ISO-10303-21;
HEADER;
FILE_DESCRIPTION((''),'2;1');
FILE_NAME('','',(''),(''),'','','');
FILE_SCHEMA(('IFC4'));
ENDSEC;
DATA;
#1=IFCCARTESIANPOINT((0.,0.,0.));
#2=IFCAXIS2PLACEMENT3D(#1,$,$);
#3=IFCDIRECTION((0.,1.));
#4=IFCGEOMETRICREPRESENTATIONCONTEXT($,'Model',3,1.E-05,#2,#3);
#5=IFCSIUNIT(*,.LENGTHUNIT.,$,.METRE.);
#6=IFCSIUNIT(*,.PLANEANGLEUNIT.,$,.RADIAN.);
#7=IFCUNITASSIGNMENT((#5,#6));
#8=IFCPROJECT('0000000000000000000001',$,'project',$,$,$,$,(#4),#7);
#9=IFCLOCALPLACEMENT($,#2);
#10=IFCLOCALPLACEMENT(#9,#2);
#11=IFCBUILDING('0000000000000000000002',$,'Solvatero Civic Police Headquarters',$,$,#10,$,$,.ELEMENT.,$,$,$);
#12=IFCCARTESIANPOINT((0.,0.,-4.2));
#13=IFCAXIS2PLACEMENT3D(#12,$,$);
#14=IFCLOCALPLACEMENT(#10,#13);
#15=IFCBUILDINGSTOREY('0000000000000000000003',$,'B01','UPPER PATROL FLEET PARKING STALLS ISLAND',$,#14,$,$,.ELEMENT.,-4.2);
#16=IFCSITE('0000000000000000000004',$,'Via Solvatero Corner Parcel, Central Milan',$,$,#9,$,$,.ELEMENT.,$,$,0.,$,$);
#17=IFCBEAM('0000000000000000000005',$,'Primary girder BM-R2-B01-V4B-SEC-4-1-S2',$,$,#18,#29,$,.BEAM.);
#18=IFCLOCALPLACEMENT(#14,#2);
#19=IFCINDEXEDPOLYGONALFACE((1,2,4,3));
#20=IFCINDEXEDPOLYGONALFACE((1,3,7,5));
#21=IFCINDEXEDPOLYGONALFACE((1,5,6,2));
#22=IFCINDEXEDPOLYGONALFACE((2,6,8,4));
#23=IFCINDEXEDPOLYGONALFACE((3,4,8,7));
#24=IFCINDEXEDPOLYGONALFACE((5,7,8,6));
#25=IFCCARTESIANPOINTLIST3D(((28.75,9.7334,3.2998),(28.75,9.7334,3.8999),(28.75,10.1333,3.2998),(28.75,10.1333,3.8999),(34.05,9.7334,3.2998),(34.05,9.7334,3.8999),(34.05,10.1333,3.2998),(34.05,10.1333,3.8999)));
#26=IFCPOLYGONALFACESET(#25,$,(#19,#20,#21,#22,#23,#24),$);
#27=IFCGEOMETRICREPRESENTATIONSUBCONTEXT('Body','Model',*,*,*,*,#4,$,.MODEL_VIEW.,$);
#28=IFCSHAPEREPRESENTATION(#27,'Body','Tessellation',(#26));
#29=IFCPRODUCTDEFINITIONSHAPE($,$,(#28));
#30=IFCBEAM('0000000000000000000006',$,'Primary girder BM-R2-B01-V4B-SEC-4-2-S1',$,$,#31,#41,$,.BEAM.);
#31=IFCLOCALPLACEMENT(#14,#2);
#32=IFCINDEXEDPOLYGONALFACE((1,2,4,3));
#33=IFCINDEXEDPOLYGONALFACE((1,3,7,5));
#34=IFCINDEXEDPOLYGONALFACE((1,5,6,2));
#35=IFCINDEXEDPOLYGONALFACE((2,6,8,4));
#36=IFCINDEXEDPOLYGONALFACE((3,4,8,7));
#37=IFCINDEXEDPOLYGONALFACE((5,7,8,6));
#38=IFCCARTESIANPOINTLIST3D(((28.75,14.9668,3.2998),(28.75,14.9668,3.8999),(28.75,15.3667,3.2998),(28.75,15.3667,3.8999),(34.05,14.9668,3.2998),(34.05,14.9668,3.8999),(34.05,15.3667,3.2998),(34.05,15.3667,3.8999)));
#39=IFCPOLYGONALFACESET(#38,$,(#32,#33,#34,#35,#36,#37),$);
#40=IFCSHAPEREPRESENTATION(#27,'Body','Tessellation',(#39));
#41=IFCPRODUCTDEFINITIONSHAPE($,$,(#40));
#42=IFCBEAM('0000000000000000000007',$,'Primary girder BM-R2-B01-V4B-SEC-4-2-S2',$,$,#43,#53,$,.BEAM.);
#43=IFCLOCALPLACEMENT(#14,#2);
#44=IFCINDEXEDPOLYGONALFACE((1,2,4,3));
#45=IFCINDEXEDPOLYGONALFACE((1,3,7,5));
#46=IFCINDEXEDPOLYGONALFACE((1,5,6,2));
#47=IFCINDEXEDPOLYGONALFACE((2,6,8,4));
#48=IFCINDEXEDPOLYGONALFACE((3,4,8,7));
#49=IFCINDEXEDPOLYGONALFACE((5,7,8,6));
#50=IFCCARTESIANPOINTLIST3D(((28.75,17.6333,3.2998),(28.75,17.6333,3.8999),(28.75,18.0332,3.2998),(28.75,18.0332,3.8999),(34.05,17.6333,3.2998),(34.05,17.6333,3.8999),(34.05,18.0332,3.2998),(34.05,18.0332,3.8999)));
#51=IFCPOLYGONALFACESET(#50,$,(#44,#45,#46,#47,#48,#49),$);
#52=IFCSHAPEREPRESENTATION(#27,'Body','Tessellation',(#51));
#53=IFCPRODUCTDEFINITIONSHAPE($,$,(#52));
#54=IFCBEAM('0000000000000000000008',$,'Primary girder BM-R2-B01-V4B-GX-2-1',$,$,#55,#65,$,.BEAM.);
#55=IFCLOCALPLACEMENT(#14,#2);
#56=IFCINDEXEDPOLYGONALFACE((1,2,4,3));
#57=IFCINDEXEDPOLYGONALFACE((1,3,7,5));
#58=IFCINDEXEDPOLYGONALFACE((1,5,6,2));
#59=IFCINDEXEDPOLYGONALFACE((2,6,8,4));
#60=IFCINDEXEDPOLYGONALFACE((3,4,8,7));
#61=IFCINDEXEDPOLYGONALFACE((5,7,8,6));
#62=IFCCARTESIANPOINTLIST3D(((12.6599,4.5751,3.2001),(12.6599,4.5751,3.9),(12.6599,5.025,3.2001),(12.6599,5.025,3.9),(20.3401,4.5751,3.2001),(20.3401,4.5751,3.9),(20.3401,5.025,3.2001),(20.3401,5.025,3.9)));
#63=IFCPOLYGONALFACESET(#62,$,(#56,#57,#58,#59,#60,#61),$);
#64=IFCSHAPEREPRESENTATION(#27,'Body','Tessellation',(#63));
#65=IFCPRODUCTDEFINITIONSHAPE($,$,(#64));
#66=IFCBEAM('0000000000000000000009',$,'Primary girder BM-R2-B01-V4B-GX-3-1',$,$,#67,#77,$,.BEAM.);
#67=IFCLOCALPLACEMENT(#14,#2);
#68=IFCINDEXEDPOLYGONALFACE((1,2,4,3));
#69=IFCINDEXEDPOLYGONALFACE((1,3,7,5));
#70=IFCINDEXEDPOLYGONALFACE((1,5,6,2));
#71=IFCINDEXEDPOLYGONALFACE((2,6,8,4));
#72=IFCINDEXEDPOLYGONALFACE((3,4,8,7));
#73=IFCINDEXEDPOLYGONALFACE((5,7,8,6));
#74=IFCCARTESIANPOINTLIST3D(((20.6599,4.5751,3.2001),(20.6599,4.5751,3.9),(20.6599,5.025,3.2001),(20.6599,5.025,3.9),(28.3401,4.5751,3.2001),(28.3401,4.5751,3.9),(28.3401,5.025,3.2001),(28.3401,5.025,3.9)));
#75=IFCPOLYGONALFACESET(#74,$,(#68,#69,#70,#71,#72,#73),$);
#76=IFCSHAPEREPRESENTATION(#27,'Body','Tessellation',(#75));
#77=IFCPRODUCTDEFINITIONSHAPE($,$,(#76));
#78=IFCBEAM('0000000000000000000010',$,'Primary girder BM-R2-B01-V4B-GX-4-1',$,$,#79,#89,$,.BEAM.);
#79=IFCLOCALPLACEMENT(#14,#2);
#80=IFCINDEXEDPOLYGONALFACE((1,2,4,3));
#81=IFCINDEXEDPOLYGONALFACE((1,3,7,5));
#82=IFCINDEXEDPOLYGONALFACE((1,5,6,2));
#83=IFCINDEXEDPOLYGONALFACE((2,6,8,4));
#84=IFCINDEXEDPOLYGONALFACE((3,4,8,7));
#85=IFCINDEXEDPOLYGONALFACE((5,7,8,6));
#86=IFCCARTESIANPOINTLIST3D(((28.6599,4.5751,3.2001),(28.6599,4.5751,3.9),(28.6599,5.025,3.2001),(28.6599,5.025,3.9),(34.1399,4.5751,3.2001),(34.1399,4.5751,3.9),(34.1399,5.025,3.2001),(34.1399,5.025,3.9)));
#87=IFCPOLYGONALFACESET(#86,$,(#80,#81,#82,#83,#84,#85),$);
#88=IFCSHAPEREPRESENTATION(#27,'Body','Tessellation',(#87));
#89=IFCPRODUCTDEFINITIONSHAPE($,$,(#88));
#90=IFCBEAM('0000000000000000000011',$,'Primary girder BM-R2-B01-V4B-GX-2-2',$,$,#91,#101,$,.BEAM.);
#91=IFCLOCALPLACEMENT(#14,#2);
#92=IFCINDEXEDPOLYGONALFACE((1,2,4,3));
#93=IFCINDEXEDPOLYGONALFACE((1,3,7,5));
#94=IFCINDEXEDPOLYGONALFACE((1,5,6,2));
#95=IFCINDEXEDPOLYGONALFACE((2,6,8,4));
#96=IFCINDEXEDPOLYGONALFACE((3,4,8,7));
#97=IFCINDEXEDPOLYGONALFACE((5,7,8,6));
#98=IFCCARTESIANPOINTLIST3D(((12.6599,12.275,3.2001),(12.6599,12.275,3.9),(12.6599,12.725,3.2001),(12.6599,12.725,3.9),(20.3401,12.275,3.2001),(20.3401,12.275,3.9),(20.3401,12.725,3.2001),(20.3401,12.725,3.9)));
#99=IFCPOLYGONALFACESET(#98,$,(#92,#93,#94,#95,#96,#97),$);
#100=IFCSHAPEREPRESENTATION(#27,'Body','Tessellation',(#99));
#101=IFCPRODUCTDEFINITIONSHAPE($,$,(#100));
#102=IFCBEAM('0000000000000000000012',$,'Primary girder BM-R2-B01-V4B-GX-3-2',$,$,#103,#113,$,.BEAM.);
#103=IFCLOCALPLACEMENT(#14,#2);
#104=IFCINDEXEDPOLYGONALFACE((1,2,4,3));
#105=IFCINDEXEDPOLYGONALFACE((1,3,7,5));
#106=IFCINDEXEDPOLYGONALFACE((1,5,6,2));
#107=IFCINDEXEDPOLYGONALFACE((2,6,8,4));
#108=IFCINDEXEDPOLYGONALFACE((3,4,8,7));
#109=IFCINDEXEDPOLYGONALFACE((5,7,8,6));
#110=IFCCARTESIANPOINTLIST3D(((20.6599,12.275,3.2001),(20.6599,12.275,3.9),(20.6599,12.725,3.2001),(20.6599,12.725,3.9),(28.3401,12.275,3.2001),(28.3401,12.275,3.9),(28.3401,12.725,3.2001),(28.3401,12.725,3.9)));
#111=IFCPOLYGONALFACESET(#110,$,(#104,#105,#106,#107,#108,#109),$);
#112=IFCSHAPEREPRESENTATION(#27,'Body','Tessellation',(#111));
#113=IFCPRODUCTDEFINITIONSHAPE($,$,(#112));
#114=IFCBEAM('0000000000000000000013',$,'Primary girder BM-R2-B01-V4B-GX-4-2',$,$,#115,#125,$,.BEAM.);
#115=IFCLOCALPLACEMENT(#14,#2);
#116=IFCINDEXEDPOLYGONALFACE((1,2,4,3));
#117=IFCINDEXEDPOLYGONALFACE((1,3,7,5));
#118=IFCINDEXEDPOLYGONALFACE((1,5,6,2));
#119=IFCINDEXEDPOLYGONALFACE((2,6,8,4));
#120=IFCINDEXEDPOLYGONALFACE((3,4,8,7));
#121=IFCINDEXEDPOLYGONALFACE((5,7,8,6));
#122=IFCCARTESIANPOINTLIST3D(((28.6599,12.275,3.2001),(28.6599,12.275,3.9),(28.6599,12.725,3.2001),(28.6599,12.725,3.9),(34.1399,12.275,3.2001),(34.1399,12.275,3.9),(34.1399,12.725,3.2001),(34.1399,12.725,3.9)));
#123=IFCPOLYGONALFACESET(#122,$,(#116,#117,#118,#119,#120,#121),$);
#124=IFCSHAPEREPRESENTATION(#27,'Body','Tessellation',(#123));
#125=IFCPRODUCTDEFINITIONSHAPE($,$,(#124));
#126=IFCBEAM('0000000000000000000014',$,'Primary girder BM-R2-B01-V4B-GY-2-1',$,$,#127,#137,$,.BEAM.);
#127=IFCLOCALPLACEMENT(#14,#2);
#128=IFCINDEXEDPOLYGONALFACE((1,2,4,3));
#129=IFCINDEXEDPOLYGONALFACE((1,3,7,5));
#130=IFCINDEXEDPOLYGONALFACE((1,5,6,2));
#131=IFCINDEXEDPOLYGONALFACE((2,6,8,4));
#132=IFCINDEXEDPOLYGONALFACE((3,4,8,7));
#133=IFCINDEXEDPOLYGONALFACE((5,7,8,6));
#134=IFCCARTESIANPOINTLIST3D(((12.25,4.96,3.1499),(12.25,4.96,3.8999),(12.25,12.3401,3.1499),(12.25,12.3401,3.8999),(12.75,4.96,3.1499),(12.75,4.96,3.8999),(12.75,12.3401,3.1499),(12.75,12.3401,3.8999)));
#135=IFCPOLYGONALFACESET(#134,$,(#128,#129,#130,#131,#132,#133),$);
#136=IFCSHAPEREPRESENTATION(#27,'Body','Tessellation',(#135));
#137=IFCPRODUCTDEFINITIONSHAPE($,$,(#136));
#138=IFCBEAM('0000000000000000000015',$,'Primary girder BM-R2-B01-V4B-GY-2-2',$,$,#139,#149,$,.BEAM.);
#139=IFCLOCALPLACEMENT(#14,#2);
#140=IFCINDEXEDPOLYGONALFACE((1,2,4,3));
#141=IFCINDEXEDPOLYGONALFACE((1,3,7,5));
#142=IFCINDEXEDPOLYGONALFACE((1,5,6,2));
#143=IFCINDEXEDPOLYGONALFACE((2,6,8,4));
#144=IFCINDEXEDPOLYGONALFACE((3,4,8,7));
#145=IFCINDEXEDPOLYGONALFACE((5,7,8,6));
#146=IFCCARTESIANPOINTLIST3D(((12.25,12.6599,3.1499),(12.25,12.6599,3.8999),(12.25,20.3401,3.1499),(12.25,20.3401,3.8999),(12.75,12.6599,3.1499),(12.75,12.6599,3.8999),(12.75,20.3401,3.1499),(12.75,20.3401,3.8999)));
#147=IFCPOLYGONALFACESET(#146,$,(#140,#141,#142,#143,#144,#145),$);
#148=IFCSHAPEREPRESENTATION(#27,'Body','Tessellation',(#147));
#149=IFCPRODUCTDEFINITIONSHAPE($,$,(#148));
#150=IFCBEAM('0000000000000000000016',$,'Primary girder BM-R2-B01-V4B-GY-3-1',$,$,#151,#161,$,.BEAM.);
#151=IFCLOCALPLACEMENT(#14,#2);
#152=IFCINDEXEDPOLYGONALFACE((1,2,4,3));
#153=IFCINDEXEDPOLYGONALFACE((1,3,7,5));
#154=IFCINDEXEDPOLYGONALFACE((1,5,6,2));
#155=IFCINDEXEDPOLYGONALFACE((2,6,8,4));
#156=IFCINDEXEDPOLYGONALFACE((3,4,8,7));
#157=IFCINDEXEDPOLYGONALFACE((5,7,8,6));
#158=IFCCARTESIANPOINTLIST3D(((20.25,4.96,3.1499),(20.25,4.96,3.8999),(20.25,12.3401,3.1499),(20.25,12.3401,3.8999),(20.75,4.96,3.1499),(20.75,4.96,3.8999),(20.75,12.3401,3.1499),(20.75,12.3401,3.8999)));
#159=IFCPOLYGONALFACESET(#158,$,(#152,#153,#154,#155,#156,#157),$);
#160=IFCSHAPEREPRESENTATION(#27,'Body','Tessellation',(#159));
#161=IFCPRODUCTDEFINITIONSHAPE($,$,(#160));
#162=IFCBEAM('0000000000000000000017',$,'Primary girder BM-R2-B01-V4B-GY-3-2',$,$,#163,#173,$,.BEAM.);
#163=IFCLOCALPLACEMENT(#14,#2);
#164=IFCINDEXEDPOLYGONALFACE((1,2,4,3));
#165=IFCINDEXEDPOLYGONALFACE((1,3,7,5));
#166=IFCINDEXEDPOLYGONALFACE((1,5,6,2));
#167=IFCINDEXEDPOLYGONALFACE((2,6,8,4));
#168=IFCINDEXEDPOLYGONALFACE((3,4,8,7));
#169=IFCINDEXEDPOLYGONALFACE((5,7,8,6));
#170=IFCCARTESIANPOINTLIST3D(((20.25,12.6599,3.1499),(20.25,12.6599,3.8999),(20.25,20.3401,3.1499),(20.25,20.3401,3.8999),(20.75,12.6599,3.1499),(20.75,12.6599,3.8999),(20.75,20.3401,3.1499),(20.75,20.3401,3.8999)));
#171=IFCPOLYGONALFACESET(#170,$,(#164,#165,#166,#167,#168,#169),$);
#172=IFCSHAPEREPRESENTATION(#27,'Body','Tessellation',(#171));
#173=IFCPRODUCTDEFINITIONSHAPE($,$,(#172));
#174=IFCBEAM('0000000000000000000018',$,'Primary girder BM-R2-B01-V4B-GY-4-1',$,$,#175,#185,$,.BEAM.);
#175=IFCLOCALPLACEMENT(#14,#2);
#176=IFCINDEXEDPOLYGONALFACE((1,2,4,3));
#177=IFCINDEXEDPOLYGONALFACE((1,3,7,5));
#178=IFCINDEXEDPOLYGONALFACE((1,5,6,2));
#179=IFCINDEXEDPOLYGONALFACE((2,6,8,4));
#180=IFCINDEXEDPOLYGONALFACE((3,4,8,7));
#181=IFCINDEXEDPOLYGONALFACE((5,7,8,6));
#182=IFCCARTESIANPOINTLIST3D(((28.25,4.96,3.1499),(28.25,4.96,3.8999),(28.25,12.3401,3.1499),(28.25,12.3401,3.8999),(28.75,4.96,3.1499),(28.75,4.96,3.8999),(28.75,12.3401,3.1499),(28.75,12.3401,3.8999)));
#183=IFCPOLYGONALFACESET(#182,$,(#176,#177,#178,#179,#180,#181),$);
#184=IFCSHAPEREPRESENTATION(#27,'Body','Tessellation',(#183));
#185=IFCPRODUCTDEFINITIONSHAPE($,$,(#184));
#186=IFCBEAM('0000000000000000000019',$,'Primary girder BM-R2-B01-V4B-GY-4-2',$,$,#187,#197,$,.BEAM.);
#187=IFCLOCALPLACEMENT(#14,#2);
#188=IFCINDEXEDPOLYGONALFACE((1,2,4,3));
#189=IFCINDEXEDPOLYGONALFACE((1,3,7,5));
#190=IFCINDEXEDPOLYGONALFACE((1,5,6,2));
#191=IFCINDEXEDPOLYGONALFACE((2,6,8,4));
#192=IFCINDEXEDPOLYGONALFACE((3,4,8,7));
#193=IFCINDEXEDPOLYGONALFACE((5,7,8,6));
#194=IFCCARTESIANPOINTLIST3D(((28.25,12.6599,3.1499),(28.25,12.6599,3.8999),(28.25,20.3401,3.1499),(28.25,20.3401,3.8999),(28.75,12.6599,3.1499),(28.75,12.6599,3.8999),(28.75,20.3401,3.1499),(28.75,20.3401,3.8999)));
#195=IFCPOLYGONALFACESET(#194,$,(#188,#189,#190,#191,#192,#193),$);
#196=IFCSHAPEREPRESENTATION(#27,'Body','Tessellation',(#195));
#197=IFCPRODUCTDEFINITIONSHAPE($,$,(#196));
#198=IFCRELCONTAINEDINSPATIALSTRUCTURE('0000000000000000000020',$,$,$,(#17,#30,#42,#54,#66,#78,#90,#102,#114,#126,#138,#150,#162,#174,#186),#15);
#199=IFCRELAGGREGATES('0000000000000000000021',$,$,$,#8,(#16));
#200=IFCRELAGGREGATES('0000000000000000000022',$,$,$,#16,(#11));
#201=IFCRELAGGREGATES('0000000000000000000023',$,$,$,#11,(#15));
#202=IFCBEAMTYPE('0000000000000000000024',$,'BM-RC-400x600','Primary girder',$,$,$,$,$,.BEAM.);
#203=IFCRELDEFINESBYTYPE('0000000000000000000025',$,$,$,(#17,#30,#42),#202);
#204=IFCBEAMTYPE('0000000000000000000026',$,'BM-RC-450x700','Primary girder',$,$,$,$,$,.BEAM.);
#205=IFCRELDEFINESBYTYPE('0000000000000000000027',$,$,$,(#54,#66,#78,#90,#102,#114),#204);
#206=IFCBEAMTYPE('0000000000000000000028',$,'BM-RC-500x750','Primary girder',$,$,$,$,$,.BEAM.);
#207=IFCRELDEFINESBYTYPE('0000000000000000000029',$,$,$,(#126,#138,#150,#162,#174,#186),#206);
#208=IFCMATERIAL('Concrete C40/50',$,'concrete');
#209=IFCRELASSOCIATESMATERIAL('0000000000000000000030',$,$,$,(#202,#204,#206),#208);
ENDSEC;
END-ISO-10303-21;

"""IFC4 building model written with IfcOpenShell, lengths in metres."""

from ifc_helpers import new_model, si_unit, direction, frame, origin, origin_2d, place, context, subcontext, project, spatial, rectangle, extrude, material, material_profile, profile_set, type_object, element, save


model = new_model("IFC4")

# Units and contexts
model_context = context("Model", 3, precision=1e-05, world=origin(), true_north=direction((0.0, 1.0)))
body_context = subcontext(model_context, "Body", "Model", "MODEL_VIEW")
ifc_project = project(units=[si_unit("LENGTHUNIT", "METRE"), si_unit("PLANEANGLEUNIT", "RADIAN")], contexts=[model_context])

# Site, building, storey
site_placement = place(None, origin())
site = spatial("IfcSite", under=ifc_project, at=site_placement, Name="Via Solvatero Corner Parcel, Central Milan", CompositionType="ELEMENT", RefElevation=0.0)
building_placement = place(site_placement, origin())
building = spatial("IfcBuilding", under=site, at=building_placement, Name="Solvatero Civic Police Headquarters", CompositionType="ELEMENT")
storey_placement = place(building_placement, frame((0.0, 0.0, -4.2)))
storey = spatial("IfcBuildingStorey", under=building, at=storey_placement, Name="B01", Description="UPPER PATROL FLEET PARKING STALLS ISLAND", CompositionType="ELEMENT", Elevation=-4.2)

# Shared definitions
ifc_material = material(Name="Concrete C40/50", Category="concrete")

# Beams
ifc_material_profile_1 = material_profile(ifc_material, rectangle(XDim=0.3999, YDim=0.6001, at=origin_2d()), Name="RC 400x600")
ifc_profile_set_1 = profile_set([ifc_material_profile_1], Name="Concrete C40/50")
beam_type_1 = type_object("IfcBeamType", Name="BM-RC-400x600", Description="Primary girder", PredefinedType="BEAM", material=ifc_profile_set_1)
for number, where, z_axis, x_axis, name in (
    (1, (28.75, 9.9333, 3.5999), (1.0, 0.0, 0.0), (0.0, 1.0, 0.0), "Primary girder BM-R2-B01-V4B-SEC-4-1-S2"),
    (2, (28.75, 15.1667, 3.5999), (1.0, 0.0, 0.0), (0.0, 1.0, 0.0), "Primary girder BM-R2-B01-V4B-SEC-4-2-S1"),
    (3, (28.75, 17.8333, 3.5999), (1.0, 0.0, 0.0), (0.0, 1.0, 0.0), "Primary girder BM-R2-B01-V4B-SEC-4-2-S2"),
):
    element("IfcBeam", number, at=place(storey_placement, frame(where, z_axis=z_axis, x_axis=x_axis)), inside=storey, type_object=beam_type_1, Name=name, PredefinedType="BEAM", context=body_context, shape_type="SweptSolid", body=[
        extrude(rectangle(XDim=0.3999, YDim=0.6001, at=origin_2d()), origin(), (0.0, 0.0, 1.0), 5.3),
    ])
ifc_material_profile_2 = material_profile(ifc_material, rectangle(XDim=0.45, YDim=0.7, at=origin_2d()), Name="RC 450x700")
ifc_profile_set_2 = profile_set([ifc_material_profile_2], Name="Concrete C40/50")
beam_type_2 = type_object("IfcBeamType", Name="BM-RC-450x700", Description="Primary girder", PredefinedType="BEAM", material=ifc_profile_set_2)
for number, where, z_axis, x_axis, name in (
    (4, (12.6599, 4.8, 3.55), (1.0, 0.0, 0.0), (0.0, 1.0, 0.0), "Primary girder BM-R2-B01-V4B-GX-2-1"),
    (5, (20.6599, 4.8, 3.55), (1.0, 0.0, 0.0), (0.0, 1.0, 0.0), "Primary girder BM-R2-B01-V4B-GX-3-1"),
):
    element("IfcBeam", number, at=place(storey_placement, frame(where, z_axis=z_axis, x_axis=x_axis)), inside=storey, type_object=beam_type_2, Name=name, PredefinedType="BEAM", context=body_context, shape_type="SweptSolid", body=[
        extrude(rectangle(XDim=0.45, YDim=0.7, at=origin_2d()), origin(), (0.0, 0.0, 1.0), 7.6802),
    ])
beam_1_placement = place(storey_placement, frame((28.6599, 4.8, 3.55), z_axis=(1.0, 0.0, 0.0), x_axis=(0.0, 1.0, 0.0)))
element("IfcBeam", 6, at=beam_1_placement, inside=storey, type_object=beam_type_2, Name="Primary girder BM-R2-B01-V4B-GX-4-1", PredefinedType="BEAM", context=body_context, shape_type="SweptSolid", body=[
    extrude(rectangle(XDim=0.45, YDim=0.7, at=origin_2d()), origin(), (0.0, 0.0, 1.0), 5.48),
])
for number, where, z_axis, x_axis, name in (
    (7, (12.6599, 12.5, 3.55), (1.0, 0.0, 0.0), (0.0, 1.0, 0.0), "Primary girder BM-R2-B01-V4B-GX-2-2"),
    (8, (20.6599, 12.5, 3.55), (1.0, 0.0, 0.0), (0.0, 1.0, 0.0), "Primary girder BM-R2-B01-V4B-GX-3-2"),
):
    element("IfcBeam", number, at=place(storey_placement, frame(where, z_axis=z_axis, x_axis=x_axis)), inside=storey, type_object=beam_type_2, Name=name, PredefinedType="BEAM", context=body_context, shape_type="SweptSolid", body=[
        extrude(rectangle(XDim=0.45, YDim=0.7, at=origin_2d()), origin(), (0.0, 0.0, 1.0), 7.6802),
    ])
beam_2_placement = place(storey_placement, frame((28.6599, 12.5, 3.55), z_axis=(1.0, 0.0, 0.0), x_axis=(0.0, 1.0, 0.0)))
element("IfcBeam", 9, at=beam_2_placement, inside=storey, type_object=beam_type_2, Name="Primary girder BM-R2-B01-V4B-GX-4-2", PredefinedType="BEAM", context=body_context, shape_type="SweptSolid", body=[
    extrude(rectangle(XDim=0.45, YDim=0.7, at=origin_2d()), origin(), (0.0, 0.0, 1.0), 5.48),
])
ifc_material_profile_3 = material_profile(ifc_material, rectangle(XDim=0.5, YDim=0.75, at=origin_2d()), Name="RC 500x750")
ifc_profile_set_3 = profile_set([ifc_material_profile_3], Name="Concrete C40/50")
beam_type_3 = type_object("IfcBeamType", Name="BM-RC-500x750", Description="Primary girder", PredefinedType="BEAM", material=ifc_profile_set_3)
beam_3_placement = place(storey_placement, frame((12.5, 4.96, 3.5249), z_axis=(0.0, 1.0, 0.0), x_axis=(-1.0, 0.0, 0.0)))
element("IfcBeam", 10, at=beam_3_placement, inside=storey, type_object=beam_type_3, Name="Primary girder BM-R2-B01-V4B-GY-2-1", PredefinedType="BEAM", context=body_context, shape_type="SweptSolid", body=[
    extrude(rectangle(XDim=0.5, YDim=0.75, at=origin_2d()), origin(), (0.0, 0.0, 1.0), 7.3801),
])
beam_4_placement = place(storey_placement, frame((12.5, 12.6599, 3.5249), z_axis=(0.0, 1.0, 0.0), x_axis=(-1.0, 0.0, 0.0)))
element("IfcBeam", 11, at=beam_4_placement, inside=storey, type_object=beam_type_3, Name="Primary girder BM-R2-B01-V4B-GY-2-2", PredefinedType="BEAM", context=body_context, shape_type="SweptSolid", body=[
    extrude(rectangle(XDim=0.5, YDim=0.75, at=origin_2d()), origin(), (0.0, 0.0, 1.0), 7.6802),
])
beam_5_placement = place(storey_placement, frame((20.5, 4.96, 3.5249), z_axis=(0.0, 1.0, 0.0), x_axis=(-1.0, 0.0, 0.0)))
element("IfcBeam", 12, at=beam_5_placement, inside=storey, type_object=beam_type_3, Name="Primary girder BM-R2-B01-V4B-GY-3-1", PredefinedType="BEAM", context=body_context, shape_type="SweptSolid", body=[
    extrude(rectangle(XDim=0.5, YDim=0.75, at=origin_2d()), origin(), (0.0, 0.0, 1.0), 7.3801),
])
beam_6_placement = place(storey_placement, frame((20.5, 12.6599, 3.5249), z_axis=(0.0, 1.0, 0.0), x_axis=(-1.0, 0.0, 0.0)))
element("IfcBeam", 13, at=beam_6_placement, inside=storey, type_object=beam_type_3, Name="Primary girder BM-R2-B01-V4B-GY-3-2", PredefinedType="BEAM", context=body_context, shape_type="SweptSolid", body=[
    extrude(rectangle(XDim=0.5, YDim=0.75, at=origin_2d()), origin(), (0.0, 0.0, 1.0), 7.6802),
])
beam_7_placement = place(storey_placement, frame((28.5, 4.96, 3.5249), z_axis=(0.0, 1.0, 0.0), x_axis=(-1.0, 0.0, 0.0)))
element("IfcBeam", 14, at=beam_7_placement, inside=storey, type_object=beam_type_3, Name="Primary girder BM-R2-B01-V4B-GY-4-1", PredefinedType="BEAM", context=body_context, shape_type="SweptSolid", body=[
    extrude(rectangle(XDim=0.5, YDim=0.75, at=origin_2d()), origin(), (0.0, 0.0, 1.0), 7.3801),
])
beam_8_placement = place(storey_placement, frame((28.5, 12.6599, 3.5249), z_axis=(0.0, 1.0, 0.0), x_axis=(-1.0, 0.0, 0.0)))
element("IfcBeam", 15, at=beam_8_placement, inside=storey, type_object=beam_type_3, Name="Primary girder BM-R2-B01-V4B-GY-4-2", PredefinedType="BEAM", context=body_context, shape_type="SweptSolid", body=[
    extrude(rectangle(XDim=0.5, YDim=0.75, at=origin_2d()), origin(), (0.0, 0.0, 1.0), 7.6802),
])

save(model, "model.ifc")
